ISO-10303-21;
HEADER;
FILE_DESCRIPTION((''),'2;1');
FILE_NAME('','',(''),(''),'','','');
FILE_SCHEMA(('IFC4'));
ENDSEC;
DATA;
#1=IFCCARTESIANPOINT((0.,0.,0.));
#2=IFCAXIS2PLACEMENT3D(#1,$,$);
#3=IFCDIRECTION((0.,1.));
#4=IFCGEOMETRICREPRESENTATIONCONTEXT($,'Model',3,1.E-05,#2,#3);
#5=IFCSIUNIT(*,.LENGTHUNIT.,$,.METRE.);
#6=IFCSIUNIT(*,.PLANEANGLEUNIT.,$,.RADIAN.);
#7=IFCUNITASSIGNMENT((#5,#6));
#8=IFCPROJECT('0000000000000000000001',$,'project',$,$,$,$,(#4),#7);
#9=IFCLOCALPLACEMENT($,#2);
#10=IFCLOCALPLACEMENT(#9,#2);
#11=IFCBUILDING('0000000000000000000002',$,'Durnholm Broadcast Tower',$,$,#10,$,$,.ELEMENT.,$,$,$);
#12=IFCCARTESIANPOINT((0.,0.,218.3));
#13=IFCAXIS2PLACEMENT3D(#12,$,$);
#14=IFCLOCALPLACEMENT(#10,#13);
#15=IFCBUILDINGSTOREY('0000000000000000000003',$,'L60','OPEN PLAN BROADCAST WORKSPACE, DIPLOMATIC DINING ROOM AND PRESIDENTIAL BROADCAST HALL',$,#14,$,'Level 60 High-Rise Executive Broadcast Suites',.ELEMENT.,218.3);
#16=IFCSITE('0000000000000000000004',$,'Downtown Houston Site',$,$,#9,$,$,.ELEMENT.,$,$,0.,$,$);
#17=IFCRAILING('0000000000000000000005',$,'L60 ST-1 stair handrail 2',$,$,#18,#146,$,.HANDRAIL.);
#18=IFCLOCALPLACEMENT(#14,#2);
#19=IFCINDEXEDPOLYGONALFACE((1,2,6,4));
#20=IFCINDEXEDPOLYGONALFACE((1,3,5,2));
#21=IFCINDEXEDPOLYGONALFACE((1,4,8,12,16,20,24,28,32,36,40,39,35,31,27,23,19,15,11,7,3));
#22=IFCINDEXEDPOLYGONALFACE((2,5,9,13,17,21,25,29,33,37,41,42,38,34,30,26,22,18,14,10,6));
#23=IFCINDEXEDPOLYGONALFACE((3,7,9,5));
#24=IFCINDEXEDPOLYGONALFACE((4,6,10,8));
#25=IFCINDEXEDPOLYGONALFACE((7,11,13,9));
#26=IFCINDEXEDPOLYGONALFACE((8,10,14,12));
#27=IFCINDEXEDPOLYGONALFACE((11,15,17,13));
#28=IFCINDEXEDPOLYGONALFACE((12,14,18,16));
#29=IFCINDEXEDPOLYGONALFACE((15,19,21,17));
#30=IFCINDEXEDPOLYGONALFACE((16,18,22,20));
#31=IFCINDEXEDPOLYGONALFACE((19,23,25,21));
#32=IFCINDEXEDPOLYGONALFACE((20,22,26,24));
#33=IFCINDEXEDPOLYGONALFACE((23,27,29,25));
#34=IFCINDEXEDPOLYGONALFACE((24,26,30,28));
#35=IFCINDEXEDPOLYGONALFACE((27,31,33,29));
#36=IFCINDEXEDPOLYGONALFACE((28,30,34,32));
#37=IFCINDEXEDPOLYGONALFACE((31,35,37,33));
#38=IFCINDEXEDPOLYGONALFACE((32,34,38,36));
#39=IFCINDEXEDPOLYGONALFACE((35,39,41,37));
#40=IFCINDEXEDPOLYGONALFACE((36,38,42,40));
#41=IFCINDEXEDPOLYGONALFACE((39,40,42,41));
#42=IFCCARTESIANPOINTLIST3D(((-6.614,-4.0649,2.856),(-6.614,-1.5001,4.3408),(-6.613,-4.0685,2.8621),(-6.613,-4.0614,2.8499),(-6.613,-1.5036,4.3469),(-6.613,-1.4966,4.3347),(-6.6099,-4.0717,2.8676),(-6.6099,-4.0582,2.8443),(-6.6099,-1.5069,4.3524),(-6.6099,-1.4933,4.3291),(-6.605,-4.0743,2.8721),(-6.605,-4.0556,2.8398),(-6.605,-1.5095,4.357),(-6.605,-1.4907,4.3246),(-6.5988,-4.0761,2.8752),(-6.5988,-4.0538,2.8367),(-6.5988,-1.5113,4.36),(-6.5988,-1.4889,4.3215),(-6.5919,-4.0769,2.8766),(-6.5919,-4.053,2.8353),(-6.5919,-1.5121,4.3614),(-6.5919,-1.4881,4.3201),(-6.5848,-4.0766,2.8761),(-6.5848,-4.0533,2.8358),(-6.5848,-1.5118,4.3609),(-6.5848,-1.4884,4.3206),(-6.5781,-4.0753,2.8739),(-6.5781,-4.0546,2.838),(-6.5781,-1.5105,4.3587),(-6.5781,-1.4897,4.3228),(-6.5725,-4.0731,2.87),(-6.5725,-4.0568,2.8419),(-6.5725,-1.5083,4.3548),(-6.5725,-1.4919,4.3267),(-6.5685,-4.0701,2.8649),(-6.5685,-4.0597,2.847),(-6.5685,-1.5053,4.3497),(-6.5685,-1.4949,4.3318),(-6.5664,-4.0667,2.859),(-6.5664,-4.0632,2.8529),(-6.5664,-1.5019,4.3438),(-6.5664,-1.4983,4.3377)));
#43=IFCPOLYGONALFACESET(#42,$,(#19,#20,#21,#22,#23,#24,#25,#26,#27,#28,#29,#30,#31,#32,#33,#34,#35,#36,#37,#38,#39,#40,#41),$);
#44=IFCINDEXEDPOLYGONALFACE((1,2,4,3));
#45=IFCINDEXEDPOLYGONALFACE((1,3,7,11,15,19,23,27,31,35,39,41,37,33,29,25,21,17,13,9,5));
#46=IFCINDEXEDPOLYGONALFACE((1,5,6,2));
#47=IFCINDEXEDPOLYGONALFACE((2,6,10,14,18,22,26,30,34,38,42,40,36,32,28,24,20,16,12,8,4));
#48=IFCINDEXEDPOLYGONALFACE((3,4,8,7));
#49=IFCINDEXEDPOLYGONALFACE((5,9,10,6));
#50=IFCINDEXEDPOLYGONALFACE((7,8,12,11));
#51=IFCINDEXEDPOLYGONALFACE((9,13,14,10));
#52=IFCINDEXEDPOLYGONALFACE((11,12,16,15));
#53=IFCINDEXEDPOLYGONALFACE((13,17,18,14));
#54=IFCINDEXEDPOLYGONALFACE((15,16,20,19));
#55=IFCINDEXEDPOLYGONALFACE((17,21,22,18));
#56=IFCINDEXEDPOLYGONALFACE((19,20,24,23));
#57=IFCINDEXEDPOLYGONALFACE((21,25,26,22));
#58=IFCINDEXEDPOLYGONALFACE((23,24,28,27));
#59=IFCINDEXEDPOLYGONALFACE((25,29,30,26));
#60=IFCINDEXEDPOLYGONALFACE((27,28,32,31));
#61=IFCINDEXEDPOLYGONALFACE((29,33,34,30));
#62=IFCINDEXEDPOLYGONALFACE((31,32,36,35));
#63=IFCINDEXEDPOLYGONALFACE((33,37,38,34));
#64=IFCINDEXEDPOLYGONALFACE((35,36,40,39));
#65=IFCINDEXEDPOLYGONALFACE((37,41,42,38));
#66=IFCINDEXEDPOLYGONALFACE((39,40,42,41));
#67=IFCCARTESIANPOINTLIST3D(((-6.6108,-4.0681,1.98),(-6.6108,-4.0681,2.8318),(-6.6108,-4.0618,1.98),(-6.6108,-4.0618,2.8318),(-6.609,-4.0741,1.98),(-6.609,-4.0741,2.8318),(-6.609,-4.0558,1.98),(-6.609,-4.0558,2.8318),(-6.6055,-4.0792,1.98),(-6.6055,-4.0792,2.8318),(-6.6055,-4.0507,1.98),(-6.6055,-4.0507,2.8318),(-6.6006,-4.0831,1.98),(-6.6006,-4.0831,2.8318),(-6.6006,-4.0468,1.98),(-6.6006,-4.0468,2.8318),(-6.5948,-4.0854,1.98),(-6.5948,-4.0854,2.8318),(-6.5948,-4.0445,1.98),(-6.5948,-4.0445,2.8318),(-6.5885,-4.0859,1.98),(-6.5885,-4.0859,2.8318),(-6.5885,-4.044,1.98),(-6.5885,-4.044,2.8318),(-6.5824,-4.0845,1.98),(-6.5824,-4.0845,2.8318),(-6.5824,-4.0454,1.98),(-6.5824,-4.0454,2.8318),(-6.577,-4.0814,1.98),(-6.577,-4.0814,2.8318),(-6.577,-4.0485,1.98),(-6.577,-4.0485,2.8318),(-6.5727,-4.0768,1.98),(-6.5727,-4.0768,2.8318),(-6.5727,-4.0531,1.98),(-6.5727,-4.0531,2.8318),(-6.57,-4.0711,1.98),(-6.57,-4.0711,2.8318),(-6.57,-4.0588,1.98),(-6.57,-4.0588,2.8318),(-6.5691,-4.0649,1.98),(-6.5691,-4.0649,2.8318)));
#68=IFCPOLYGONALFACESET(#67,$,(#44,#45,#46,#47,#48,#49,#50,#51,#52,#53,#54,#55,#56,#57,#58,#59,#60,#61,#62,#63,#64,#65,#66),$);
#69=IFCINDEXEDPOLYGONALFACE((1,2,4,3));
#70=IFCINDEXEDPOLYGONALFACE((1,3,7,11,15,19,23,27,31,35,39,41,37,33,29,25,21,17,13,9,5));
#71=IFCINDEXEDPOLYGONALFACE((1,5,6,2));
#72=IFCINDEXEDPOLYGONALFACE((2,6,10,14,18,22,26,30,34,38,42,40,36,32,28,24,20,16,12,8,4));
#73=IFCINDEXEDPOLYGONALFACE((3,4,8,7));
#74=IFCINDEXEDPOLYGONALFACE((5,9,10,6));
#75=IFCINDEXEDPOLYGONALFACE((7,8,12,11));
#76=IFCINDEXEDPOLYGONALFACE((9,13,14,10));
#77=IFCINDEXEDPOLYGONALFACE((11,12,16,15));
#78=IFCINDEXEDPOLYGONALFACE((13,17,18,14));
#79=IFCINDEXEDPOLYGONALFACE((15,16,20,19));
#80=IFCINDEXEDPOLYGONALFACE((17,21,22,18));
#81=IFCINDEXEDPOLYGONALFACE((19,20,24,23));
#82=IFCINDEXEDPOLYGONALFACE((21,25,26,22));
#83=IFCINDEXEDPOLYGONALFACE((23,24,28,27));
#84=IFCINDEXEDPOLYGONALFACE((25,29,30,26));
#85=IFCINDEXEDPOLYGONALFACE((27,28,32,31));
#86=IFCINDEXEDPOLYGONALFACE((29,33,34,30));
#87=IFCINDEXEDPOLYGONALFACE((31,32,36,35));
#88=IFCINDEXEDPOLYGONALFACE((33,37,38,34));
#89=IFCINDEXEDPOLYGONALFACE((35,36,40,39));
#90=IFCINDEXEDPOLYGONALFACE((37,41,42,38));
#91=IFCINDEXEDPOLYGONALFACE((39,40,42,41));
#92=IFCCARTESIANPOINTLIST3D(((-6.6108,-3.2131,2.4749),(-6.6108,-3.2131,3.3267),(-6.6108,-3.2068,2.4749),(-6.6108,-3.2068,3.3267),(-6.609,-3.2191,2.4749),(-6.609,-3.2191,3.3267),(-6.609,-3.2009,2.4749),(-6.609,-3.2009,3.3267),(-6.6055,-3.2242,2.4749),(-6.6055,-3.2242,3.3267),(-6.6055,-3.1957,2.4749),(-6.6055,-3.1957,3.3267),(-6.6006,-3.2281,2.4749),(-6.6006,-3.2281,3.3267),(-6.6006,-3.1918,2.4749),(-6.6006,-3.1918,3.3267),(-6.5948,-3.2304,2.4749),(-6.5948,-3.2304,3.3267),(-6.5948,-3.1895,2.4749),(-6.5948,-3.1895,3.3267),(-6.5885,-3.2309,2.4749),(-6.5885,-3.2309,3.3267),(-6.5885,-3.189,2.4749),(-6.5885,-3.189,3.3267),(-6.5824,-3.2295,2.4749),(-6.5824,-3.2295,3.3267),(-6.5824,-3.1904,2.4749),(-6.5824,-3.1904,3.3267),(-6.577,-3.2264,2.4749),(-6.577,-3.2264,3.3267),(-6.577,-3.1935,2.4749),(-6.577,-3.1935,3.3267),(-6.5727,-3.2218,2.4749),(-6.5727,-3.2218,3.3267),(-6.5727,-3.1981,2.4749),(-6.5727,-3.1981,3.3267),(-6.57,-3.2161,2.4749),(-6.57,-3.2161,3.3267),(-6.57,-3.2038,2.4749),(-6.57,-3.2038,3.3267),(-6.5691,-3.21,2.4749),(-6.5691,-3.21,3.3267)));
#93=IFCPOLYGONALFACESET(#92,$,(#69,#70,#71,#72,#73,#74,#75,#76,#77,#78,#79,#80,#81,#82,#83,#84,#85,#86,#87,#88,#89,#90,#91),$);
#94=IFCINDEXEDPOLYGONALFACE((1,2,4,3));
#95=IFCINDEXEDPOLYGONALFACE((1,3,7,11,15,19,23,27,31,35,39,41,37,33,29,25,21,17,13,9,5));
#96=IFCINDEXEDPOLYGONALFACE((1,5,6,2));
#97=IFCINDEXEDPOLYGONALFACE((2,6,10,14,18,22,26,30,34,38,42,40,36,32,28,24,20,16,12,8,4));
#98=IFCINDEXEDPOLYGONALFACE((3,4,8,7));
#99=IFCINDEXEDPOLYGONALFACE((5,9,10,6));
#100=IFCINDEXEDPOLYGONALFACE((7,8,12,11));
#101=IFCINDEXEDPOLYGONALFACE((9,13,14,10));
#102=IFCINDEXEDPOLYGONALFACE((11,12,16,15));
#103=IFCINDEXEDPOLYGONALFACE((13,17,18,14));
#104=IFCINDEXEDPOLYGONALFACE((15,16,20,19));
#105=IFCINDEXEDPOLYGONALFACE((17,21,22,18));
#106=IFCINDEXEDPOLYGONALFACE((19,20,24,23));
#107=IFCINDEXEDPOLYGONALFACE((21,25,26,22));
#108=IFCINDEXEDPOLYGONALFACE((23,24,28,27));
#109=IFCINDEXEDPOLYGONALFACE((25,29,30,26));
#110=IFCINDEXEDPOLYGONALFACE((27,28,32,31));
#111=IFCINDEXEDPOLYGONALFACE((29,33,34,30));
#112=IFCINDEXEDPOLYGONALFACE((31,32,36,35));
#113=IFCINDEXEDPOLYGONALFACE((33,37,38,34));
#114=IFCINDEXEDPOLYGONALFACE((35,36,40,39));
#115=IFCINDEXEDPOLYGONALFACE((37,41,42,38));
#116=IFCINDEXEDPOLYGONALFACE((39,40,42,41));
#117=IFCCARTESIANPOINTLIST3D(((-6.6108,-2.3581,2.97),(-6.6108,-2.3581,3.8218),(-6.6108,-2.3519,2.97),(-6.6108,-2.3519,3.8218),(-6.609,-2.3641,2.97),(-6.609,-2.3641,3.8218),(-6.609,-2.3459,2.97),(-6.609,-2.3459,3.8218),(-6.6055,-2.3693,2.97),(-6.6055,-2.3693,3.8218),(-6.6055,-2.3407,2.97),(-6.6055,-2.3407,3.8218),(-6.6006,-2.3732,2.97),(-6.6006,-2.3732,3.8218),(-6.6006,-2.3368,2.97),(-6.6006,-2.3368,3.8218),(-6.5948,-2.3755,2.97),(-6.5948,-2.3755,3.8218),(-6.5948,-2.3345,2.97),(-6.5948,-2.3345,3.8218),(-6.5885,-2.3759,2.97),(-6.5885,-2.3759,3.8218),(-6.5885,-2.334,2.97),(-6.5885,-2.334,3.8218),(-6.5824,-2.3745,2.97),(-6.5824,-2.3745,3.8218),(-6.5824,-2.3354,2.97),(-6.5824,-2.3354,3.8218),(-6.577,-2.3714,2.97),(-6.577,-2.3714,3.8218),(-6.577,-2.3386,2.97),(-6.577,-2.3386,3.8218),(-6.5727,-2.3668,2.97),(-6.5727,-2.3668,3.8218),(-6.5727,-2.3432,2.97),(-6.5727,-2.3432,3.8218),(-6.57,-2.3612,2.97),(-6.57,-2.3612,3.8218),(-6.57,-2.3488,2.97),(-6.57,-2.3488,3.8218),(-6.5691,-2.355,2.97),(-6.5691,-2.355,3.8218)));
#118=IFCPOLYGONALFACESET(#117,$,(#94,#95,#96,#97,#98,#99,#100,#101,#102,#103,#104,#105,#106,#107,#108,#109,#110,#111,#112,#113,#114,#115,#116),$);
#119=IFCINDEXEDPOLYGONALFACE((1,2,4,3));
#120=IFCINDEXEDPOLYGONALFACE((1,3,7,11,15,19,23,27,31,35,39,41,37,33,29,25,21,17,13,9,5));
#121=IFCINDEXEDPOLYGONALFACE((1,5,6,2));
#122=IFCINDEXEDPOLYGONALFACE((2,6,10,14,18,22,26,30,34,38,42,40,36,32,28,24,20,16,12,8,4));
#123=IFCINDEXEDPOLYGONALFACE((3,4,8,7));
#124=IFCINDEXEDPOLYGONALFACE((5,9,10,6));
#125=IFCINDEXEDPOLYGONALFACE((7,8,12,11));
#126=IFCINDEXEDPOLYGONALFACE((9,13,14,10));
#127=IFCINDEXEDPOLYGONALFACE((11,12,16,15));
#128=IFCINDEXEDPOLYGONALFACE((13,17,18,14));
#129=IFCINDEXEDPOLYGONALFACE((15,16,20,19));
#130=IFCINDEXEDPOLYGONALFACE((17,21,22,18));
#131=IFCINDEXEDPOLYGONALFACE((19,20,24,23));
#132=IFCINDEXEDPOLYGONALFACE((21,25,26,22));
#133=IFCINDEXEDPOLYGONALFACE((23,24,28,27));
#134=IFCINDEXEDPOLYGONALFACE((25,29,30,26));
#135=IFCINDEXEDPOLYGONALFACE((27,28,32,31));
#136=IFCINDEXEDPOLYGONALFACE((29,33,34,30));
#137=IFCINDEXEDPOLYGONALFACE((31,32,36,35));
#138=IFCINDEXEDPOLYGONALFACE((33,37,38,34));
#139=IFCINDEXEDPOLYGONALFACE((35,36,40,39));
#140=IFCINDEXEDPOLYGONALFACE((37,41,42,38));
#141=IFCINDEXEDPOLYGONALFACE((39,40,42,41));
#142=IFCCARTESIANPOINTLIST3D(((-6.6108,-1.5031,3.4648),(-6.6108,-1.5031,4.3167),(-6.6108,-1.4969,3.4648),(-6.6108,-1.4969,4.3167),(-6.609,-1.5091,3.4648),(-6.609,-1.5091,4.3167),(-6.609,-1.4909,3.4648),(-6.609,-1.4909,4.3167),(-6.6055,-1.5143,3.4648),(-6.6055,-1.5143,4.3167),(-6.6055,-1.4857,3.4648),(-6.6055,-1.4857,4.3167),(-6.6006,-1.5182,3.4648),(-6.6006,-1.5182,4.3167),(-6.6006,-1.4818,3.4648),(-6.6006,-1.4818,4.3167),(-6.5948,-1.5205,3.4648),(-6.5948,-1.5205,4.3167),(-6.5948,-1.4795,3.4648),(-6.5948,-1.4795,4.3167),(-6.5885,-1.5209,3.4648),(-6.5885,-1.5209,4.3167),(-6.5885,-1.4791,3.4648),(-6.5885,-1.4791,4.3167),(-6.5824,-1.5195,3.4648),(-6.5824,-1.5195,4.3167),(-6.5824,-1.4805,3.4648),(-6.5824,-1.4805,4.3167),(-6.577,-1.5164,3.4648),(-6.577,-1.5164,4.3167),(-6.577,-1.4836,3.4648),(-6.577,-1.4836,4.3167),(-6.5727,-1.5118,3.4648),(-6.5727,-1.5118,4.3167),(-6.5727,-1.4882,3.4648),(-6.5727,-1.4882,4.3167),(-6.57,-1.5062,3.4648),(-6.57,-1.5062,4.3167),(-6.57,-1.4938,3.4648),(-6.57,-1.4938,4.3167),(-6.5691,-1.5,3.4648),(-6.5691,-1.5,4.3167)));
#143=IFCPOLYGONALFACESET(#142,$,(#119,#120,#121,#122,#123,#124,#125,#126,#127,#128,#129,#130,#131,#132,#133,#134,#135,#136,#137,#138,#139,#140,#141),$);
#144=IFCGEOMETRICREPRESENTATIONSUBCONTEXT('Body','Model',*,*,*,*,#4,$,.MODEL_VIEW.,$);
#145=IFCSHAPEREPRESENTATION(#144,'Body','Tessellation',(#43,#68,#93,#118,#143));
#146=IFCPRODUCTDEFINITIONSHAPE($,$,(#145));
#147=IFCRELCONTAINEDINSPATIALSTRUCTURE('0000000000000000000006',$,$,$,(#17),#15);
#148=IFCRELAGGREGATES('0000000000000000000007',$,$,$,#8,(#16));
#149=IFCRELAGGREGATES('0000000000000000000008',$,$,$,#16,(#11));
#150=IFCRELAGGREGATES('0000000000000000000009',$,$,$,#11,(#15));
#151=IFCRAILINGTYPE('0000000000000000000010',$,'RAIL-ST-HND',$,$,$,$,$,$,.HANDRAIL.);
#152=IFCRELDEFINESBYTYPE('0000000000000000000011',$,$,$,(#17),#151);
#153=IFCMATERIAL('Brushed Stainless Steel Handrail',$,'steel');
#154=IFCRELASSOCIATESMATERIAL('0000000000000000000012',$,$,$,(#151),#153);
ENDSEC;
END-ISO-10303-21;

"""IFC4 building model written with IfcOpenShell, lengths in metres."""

from ifc_helpers import new_model, si_unit, direction, frame, origin, origin_2d, place, context, subcontext, project, spatial, circle, extrude, material, type_object, element, save


model = new_model("IFC4")

# Units and contexts
model_context = context("Model", 3, precision=1e-05, world=origin(), true_north=direction((0.0, 1.0)))
body_context = subcontext(model_context, "Body", "Model", "MODEL_VIEW")
ifc_project = project(units=[si_unit("LENGTHUNIT", "METRE"), si_unit("PLANEANGLEUNIT", "RADIAN")], contexts=[model_context])

# Site, building, storey
site_placement = place(None, origin())
site = spatial("IfcSite", under=ifc_project, at=site_placement, Name="Downtown Houston Site", CompositionType="ELEMENT", RefElevation=0.0)
building_placement = place(site_placement, origin())
building = spatial("IfcBuilding", under=site, at=building_placement, Name="Durnholm Broadcast Tower", CompositionType="ELEMENT")
storey_placement = place(building_placement, frame((0.0, 0.0, 218.3)))
storey = spatial("IfcBuildingStorey", under=building, at=storey_placement, Name="L60", Description="OPEN PLAN BROADCAST WORKSPACE, DIPLOMATIC DINING ROOM AND PRESIDENTIAL BROADCAST HALL", LongName="Level 60 High-Rise Executive Broadcast Suites", CompositionType="ELEMENT", Elevation=218.3)

# Railing
ifc_material_1 = material(Name="Brushed Stainless Steel Handrail", Category="steel")
railing_type_1 = type_object("IfcRailingType", Name="RAIL-ST-HND", PredefinedType="HANDRAIL", material=ifc_material_1)
railing_1_placement = place(storey_placement, frame((-6.5901, -4.0649, 1.98)))
element("IfcRailing", 1, at=railing_1_placement, inside=storey, type_object=railing_type_1, Name="L60 ST-1 stair handrail 2", PredefinedType="HANDRAIL", context=body_context, shape_type="SweptSolid", body=[
    extrude(circle(Radius=0.0239, at=origin_2d()), frame((0.0, 0.0, 0.876), z_axis=(0.0, 0.865441, 0.50101), x_axis=(-1.0, 0.0, 0.0)), (0.0, 0.0, 1.0), 2.9636),
    extrude(circle(Radius=0.021, at=origin_2d()), origin(), (0.0, 0.0, 1.0), 0.8518),
    extrude(circle(Radius=0.021, at=origin_2d()), frame((0.0, 0.855, 0.4949)), (0.0, 0.0, 1.0), 0.8518),
    extrude(circle(Radius=0.021, at=origin_2d()), frame((0.0, 1.71, 0.99)), (0.0, 0.0, 1.0), 0.8518),
    extrude(circle(Radius=0.021, at=origin_2d()), frame((0.0, 2.5649, 1.4849)), (0.0, 0.0, 1.0), 0.8518),
])

save(model, "model.ifc")
